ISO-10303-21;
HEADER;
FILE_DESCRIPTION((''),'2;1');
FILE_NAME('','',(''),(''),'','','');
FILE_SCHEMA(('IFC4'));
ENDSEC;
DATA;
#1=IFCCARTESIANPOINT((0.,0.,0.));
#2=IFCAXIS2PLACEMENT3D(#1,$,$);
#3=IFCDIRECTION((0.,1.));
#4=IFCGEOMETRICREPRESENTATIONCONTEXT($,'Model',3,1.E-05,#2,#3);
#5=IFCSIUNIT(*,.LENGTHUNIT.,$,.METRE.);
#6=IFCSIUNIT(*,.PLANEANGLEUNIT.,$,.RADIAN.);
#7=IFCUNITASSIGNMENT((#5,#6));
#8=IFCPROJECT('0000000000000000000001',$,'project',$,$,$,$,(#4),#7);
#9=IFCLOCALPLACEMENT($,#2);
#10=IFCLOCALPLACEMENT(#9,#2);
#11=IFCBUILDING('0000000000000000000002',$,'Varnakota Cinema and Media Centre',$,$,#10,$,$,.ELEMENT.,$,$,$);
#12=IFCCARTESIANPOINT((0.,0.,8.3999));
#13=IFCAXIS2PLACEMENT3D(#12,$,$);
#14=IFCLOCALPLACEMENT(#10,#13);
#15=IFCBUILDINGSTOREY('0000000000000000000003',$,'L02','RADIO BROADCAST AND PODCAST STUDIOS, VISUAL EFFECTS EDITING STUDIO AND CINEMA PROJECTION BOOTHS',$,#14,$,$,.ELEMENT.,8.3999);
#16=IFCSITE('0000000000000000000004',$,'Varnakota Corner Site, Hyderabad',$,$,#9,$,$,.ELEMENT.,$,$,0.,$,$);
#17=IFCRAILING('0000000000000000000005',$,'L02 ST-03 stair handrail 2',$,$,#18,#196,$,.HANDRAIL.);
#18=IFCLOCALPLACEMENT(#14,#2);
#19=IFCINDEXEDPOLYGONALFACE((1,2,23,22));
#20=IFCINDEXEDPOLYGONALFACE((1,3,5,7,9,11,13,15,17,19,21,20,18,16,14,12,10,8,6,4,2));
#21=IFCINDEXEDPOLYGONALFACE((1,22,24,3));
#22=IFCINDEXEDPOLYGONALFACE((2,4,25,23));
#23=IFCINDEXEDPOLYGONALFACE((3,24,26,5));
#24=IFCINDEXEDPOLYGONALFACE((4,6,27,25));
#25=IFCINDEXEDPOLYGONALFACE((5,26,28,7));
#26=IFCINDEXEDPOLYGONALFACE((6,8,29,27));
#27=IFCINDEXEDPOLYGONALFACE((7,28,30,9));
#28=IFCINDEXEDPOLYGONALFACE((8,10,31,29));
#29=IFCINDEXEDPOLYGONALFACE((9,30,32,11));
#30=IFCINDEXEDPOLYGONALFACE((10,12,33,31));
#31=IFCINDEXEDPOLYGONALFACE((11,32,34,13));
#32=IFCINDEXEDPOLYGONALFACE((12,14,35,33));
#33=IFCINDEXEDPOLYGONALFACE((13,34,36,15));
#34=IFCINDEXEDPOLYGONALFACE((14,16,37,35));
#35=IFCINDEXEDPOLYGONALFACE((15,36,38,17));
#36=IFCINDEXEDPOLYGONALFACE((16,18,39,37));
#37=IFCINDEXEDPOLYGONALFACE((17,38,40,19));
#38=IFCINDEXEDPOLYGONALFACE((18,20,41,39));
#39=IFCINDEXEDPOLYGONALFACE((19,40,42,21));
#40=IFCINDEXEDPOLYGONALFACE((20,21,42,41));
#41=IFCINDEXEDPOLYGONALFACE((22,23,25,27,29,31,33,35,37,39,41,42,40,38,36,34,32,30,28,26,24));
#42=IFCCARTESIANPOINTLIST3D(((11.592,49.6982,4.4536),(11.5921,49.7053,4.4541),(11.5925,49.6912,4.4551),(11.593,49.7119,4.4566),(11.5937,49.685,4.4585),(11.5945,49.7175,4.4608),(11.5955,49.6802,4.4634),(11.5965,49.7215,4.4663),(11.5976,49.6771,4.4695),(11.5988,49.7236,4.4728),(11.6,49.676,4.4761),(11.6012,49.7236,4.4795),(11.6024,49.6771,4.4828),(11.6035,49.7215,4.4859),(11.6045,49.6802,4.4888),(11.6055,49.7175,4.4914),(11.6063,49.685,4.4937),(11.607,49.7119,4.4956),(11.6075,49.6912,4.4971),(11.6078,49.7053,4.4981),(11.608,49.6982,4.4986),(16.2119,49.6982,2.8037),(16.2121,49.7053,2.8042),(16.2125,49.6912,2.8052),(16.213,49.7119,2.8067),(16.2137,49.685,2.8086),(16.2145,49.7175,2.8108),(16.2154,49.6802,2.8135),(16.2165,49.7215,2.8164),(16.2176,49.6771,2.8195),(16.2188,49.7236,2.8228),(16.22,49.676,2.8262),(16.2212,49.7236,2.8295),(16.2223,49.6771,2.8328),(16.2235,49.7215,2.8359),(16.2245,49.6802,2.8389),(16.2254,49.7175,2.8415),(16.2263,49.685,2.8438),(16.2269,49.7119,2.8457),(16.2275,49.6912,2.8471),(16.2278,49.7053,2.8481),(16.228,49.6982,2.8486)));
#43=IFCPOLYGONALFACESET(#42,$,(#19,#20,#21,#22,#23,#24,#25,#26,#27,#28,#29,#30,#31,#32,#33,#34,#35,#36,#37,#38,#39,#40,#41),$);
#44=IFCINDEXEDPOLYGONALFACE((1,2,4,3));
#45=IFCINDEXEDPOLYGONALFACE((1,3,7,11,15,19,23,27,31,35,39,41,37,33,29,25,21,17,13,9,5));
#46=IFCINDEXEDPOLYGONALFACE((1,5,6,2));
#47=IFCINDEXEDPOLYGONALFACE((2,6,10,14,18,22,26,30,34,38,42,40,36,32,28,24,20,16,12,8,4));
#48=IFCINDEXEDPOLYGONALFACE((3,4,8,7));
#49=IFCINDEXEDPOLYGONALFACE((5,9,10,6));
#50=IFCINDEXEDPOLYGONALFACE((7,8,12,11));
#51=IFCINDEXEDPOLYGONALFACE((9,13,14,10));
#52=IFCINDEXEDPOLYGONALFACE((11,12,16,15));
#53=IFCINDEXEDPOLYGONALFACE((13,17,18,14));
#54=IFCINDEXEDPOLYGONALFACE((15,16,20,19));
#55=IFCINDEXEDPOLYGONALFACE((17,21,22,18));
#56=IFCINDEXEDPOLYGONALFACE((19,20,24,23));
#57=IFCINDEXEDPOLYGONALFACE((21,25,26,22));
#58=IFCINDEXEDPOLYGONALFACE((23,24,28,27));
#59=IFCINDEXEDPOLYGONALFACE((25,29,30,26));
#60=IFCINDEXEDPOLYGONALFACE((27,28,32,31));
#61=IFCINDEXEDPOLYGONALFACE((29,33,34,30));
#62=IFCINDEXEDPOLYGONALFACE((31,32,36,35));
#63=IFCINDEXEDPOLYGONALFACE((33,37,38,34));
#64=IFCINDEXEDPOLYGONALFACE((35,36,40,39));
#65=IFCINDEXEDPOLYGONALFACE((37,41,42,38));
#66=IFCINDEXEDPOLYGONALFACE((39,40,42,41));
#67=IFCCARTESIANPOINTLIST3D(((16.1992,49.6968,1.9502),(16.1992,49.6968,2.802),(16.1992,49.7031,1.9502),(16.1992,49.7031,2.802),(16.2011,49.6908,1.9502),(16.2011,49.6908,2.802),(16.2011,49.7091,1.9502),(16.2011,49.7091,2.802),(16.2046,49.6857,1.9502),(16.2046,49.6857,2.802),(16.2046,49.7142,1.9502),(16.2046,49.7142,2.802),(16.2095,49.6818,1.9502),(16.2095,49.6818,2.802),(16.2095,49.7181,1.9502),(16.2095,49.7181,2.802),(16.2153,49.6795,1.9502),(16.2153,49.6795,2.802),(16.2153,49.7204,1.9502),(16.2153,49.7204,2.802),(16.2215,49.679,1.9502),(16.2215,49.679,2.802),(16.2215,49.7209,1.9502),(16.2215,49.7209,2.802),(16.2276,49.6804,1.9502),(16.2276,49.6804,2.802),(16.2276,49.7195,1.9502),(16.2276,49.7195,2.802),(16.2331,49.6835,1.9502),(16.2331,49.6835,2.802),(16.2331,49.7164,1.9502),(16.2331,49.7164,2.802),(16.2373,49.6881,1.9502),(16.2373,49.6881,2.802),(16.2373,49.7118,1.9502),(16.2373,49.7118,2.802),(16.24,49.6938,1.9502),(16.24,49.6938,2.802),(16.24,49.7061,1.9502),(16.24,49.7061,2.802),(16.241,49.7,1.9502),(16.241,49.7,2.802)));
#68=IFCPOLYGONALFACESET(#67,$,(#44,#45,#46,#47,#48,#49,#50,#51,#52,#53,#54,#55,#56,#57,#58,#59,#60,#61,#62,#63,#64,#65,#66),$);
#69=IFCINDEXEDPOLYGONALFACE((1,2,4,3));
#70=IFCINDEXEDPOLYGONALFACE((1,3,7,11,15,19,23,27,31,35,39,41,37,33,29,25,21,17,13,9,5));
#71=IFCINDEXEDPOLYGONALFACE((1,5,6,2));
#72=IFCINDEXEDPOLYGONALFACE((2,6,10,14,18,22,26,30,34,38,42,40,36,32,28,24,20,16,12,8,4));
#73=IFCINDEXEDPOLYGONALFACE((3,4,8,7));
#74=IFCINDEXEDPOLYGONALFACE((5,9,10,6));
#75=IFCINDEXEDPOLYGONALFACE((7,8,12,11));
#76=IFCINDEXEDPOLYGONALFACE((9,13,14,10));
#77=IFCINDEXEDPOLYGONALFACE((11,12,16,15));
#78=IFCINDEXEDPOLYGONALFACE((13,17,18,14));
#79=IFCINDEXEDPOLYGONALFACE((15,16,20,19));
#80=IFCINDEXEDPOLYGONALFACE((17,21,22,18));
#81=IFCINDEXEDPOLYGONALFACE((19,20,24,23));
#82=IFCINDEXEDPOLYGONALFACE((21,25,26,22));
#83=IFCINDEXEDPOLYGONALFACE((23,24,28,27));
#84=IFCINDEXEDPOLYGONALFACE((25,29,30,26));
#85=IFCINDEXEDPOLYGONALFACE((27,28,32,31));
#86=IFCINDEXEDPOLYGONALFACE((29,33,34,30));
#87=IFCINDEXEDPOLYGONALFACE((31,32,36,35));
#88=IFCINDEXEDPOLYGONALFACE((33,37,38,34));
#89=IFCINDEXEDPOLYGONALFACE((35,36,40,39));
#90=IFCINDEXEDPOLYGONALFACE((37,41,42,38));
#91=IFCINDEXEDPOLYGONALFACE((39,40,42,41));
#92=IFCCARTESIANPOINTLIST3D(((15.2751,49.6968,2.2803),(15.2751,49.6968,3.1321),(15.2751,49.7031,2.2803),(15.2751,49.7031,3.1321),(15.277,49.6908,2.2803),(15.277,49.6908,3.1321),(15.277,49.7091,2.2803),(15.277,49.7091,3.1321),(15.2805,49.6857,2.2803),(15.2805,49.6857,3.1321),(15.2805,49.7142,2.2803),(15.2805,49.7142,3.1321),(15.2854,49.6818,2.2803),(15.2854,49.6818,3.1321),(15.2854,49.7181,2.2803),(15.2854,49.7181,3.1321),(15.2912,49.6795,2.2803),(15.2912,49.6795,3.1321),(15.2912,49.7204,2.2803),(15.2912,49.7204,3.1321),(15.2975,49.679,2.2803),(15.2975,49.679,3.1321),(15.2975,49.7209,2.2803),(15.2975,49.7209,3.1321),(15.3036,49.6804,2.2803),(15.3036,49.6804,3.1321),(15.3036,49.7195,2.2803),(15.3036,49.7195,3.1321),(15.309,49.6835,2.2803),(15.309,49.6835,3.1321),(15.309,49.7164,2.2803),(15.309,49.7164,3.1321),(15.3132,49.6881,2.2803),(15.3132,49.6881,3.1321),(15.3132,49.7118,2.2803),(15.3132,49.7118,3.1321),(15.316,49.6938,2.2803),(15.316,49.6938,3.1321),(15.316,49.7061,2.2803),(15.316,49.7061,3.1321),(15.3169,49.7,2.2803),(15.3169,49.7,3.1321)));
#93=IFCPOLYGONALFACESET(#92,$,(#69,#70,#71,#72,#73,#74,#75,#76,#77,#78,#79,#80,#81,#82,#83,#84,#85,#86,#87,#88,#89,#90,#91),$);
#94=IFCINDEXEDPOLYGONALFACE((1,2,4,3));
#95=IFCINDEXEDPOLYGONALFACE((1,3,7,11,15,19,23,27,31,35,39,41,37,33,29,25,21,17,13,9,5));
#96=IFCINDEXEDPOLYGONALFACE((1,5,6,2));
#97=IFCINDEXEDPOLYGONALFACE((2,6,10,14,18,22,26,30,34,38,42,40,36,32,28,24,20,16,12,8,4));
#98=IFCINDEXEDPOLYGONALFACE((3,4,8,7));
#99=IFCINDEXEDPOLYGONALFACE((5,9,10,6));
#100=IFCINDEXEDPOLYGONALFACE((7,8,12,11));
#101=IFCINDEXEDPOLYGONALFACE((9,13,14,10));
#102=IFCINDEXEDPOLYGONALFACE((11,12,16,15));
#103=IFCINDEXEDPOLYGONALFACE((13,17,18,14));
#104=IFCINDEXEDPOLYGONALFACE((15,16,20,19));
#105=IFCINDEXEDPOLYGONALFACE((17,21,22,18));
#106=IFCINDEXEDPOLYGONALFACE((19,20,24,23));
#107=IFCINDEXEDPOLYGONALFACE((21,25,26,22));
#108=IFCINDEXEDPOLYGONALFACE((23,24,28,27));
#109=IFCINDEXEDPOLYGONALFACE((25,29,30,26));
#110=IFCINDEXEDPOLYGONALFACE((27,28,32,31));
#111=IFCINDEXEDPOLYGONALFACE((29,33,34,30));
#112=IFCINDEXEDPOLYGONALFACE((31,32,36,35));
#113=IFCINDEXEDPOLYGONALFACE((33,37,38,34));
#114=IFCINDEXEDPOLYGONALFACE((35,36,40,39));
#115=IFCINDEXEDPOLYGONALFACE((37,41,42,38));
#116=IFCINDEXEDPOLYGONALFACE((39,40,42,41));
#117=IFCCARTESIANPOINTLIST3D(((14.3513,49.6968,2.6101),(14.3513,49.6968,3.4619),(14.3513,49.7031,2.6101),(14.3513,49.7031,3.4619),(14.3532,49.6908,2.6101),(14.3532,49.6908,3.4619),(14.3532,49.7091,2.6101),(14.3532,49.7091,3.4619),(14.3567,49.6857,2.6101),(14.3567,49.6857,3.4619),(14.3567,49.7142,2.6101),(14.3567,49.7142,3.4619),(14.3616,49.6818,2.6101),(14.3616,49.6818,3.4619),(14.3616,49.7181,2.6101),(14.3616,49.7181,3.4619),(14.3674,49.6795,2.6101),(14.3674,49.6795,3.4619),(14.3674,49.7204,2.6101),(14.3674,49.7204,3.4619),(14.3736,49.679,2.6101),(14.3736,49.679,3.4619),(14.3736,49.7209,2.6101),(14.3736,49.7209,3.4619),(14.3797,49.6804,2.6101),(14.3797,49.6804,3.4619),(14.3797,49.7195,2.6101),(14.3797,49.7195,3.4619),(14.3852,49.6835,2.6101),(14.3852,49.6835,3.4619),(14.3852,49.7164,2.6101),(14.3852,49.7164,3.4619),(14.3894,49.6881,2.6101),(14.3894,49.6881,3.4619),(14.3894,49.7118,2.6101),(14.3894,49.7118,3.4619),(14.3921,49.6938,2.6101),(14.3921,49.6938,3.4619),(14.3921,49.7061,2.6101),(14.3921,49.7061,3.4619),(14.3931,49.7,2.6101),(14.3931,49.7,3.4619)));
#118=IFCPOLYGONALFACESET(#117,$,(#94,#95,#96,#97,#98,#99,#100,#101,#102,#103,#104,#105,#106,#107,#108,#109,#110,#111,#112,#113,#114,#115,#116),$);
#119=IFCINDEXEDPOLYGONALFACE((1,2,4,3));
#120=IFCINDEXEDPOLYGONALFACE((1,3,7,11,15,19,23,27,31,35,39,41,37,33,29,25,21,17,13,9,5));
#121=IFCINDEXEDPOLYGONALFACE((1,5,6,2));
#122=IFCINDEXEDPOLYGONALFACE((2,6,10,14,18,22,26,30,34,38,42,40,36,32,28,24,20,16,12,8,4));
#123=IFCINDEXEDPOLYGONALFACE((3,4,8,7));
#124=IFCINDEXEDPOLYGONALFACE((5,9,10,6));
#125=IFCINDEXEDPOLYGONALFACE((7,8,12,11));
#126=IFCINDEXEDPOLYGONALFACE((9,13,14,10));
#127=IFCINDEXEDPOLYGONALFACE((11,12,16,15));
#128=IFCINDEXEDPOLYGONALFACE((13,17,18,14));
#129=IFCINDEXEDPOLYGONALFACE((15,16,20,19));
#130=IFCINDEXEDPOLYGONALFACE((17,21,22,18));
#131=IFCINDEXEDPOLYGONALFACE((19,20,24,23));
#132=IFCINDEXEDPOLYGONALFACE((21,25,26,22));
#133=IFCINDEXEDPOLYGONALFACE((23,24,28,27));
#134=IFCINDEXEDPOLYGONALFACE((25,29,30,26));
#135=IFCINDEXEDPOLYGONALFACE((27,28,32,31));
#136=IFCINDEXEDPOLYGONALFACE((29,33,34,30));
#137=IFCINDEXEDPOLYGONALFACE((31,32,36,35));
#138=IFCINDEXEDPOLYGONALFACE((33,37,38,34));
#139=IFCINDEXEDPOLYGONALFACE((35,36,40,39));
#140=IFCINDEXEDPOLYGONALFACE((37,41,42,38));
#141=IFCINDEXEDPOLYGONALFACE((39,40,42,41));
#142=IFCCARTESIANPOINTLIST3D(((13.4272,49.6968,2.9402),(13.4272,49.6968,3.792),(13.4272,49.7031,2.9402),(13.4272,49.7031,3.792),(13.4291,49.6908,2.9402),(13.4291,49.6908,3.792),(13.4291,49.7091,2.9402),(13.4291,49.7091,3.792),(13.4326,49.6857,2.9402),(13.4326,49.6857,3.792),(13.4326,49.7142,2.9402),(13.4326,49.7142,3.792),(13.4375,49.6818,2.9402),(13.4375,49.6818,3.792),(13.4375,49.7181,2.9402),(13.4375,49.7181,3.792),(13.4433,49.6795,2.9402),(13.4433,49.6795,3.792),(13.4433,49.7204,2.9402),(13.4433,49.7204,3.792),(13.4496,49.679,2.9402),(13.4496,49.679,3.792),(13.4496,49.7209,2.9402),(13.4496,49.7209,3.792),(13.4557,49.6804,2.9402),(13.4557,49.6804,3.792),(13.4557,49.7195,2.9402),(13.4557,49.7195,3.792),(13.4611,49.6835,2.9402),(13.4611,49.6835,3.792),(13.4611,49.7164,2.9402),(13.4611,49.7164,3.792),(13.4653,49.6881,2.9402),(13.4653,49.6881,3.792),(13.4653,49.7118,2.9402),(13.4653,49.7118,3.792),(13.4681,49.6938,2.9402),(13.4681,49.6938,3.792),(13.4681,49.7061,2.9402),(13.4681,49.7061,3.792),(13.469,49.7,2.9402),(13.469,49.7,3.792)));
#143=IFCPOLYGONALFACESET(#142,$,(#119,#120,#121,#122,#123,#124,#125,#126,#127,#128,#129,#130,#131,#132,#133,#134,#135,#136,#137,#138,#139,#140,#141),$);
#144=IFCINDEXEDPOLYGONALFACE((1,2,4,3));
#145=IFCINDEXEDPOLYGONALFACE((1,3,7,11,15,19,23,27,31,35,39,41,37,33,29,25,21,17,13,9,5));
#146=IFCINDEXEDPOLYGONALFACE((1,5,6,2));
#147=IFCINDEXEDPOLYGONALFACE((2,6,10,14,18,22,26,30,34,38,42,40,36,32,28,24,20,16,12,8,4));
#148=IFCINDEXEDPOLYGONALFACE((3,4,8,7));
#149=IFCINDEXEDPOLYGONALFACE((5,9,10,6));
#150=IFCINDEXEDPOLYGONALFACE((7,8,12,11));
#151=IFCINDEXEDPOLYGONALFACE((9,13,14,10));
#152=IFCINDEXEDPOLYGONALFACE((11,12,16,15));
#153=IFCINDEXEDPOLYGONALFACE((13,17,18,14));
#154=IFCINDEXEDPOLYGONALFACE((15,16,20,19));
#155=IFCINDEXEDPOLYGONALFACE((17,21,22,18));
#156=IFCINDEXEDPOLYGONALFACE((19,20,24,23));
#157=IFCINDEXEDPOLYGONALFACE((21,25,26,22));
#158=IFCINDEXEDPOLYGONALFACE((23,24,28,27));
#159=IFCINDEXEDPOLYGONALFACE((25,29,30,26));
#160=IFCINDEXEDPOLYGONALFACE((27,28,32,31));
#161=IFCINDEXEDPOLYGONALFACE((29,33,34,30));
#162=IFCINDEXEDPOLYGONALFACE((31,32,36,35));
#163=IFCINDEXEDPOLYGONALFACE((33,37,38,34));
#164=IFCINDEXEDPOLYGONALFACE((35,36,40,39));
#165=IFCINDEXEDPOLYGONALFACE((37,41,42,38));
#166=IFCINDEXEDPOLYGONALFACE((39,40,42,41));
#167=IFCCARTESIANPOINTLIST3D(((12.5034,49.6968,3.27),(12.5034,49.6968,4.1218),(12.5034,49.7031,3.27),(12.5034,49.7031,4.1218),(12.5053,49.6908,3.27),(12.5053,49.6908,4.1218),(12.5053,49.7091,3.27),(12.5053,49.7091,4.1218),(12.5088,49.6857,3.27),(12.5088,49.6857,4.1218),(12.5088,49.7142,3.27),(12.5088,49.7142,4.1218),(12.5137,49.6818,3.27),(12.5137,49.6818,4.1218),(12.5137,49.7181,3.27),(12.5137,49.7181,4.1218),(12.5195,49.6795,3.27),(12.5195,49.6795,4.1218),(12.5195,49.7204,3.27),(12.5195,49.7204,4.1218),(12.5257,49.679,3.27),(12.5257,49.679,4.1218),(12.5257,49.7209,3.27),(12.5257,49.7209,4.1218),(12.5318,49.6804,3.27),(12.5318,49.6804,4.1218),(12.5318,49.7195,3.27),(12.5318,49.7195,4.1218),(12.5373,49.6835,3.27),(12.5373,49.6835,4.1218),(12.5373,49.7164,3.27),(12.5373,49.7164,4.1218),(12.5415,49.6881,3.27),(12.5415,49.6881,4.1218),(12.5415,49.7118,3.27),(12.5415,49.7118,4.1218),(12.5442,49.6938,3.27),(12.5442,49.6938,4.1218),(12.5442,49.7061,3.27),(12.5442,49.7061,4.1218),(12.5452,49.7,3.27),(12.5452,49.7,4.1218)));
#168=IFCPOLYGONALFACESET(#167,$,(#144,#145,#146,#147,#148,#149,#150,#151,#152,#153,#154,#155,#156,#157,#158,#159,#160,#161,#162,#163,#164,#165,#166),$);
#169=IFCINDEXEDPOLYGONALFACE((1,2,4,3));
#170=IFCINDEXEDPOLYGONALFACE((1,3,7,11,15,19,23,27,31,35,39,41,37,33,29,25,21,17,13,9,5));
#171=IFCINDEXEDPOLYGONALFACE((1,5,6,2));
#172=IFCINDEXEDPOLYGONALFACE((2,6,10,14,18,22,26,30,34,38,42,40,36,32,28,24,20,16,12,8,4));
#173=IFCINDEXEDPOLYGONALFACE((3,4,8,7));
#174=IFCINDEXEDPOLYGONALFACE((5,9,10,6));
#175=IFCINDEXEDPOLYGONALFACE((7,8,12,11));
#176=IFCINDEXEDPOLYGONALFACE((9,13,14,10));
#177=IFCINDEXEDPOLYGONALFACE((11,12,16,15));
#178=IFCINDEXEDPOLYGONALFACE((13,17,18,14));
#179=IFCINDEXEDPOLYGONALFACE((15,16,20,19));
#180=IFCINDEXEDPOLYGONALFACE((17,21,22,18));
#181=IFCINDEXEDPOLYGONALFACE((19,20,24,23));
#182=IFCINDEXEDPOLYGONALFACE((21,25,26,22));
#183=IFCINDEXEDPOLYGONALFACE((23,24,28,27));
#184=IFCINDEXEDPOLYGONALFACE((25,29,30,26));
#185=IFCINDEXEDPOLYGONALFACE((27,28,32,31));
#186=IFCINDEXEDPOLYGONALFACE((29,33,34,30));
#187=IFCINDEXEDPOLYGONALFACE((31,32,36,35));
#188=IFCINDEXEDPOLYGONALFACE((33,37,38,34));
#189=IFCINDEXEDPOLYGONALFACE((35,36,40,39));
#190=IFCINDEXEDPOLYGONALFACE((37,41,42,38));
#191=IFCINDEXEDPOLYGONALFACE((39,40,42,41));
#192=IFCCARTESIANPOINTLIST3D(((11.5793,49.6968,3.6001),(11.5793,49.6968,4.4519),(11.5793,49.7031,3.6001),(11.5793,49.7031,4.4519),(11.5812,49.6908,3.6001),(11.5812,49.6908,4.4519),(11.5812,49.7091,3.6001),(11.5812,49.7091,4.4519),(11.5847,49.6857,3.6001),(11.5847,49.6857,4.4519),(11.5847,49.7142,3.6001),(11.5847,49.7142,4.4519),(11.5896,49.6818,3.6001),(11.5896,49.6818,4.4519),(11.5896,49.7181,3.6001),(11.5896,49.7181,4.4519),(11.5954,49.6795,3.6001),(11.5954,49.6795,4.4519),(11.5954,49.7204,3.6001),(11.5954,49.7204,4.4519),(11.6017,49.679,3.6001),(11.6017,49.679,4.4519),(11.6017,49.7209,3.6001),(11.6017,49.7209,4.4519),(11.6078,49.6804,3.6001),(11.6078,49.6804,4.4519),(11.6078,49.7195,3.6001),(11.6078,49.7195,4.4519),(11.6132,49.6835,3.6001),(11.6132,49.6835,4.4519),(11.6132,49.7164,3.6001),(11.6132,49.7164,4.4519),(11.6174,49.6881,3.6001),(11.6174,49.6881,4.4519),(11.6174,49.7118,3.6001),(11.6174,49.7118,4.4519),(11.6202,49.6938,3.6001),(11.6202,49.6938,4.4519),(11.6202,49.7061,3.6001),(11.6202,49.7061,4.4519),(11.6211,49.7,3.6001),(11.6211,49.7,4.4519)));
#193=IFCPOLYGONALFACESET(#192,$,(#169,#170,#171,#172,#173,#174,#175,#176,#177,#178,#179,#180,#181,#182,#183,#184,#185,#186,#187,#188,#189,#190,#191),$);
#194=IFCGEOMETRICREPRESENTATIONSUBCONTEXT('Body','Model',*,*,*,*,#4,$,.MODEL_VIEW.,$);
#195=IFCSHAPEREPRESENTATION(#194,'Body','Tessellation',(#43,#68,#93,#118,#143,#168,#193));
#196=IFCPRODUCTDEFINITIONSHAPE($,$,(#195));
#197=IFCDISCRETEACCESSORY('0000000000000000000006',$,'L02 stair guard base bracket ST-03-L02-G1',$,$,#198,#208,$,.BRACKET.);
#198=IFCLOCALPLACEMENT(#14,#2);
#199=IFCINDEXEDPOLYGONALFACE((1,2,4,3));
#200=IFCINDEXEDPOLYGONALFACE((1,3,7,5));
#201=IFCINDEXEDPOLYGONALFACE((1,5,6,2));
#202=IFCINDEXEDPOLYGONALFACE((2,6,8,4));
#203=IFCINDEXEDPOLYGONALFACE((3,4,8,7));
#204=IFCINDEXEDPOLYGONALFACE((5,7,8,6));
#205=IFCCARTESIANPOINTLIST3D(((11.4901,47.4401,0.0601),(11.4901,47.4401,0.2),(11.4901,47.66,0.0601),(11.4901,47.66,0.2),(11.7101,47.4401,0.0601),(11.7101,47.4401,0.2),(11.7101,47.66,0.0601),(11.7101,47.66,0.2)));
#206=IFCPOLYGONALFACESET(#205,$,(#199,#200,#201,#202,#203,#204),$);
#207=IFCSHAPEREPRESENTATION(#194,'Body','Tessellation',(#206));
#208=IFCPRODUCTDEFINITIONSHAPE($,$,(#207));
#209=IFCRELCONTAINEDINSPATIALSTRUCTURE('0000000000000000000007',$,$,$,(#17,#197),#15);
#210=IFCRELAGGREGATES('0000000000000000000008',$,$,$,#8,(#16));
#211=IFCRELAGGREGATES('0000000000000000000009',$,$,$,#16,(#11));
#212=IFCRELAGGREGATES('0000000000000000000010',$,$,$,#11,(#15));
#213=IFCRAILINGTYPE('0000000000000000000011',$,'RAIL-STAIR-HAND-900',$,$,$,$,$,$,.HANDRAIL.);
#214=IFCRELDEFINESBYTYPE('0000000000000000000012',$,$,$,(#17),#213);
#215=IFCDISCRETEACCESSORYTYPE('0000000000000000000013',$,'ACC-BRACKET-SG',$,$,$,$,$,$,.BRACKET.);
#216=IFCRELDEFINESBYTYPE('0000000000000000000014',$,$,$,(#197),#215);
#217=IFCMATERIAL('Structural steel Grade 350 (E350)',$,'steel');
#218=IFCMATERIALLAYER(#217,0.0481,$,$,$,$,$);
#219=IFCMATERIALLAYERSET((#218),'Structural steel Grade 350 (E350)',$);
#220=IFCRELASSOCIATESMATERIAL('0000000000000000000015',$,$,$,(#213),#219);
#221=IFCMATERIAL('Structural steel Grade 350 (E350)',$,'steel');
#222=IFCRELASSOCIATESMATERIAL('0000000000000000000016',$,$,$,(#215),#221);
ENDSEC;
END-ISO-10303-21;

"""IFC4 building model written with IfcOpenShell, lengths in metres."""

from ifc_helpers import new_model, si_unit, direction, frame, origin, origin_2d, place, context, subcontext, project, spatial, rectangle, circle, extrude, material, layer, layer_set, type_object, element, save


model = new_model("IFC4")

# Units and contexts
model_context = context("Model", 3, precision=1e-05, world=origin(), true_north=direction((0.0, 1.0)))
body_context = subcontext(model_context, "Body", "Model", "MODEL_VIEW")
ifc_project = project(units=[si_unit("LENGTHUNIT", "METRE"), si_unit("PLANEANGLEUNIT", "RADIAN")], contexts=[model_context])

# Site, building, storey
site_placement = place(None, origin())
site = spatial("IfcSite", under=ifc_project, at=site_placement, Name="Varnakota Corner Site, Hyderabad", CompositionType="ELEMENT", RefElevation=0.0)
building_placement = place(site_placement, origin())
building = spatial("IfcBuilding", under=site, at=building_placement, Name="Varnakota Cinema and Media Centre", CompositionType="ELEMENT")
storey_placement = place(building_placement, frame((0.0, 0.0, 8.3999)))
storey = spatial("IfcBuildingStorey", under=building, at=storey_placement, Name="L02", Description="RADIO BROADCAST AND PODCAST STUDIOS, VISUAL EFFECTS EDITING STUDIO AND CINEMA PROJECTION BOOTHS", CompositionType="ELEMENT", Elevation=8.3999)

# Railing
ifc_material_1 = material(Name="Structural steel Grade 350 (E350)", Category="steel")
ifc_layer_1 = layer(ifc_material_1, 0.0481)
ifc_layer_set_1 = layer_set([ifc_layer_1], Name="Structural steel Grade 350 (E350)")
railing_type_1 = type_object("IfcRailingType", Name="RAIL-STAIR-HAND-900", PredefinedType="HANDRAIL", material=ifc_layer_set_1)
railing_1_placement = place(storey_placement, frame((16.22, 49.7, 1.9502)))
element("IfcRailing", 1, at=railing_1_placement, inside=storey, type_object=railing_type_1, Name="L02 ST-03 stair handrail 2", PredefinedType="HANDRAIL", context=body_context, shape_type="SweptSolid", body=[
    extrude(circle(Radius=0.0239, at=origin_2d()), frame((0.0, 0.0, 0.876), z_axis=(-0.941745, 0.0, 0.336327), x_axis=(0.0, -1.0, 0.0)), (0.0, 0.0, 1.0), 4.9058),
    extrude(circle(Radius=0.021, at=origin_2d()), origin(), (0.0, 0.0, 1.0), 0.8518),
    extrude(circle(Radius=0.021, at=origin_2d()), frame((-0.9241, 0.0, 0.3301)), (0.0, 0.0, 1.0), 0.8518),
    extrude(circle(Radius=0.021, at=origin_2d()), frame((-1.8479, 0.0, 0.6599)), (0.0, 0.0, 1.0), 0.8518),
    extrude(circle(Radius=0.021, at=origin_2d()), frame((-2.772, 0.0, 0.99)), (0.0, 0.0, 1.0), 0.8518),
    extrude(circle(Radius=0.021, at=origin_2d()), frame((-3.6958, 0.0, 1.3198)), (0.0, 0.0, 1.0), 0.8518),
    extrude(circle(Radius=0.021, at=origin_2d()), frame((-4.6199, 0.0, 1.6499)), (0.0, 0.0, 1.0), 0.8518),
])

# Discrete accessory
ifc_material_2 = material(Name="Structural steel Grade 350 (E350)", Category="steel")
discrete_accessory_type = type_object("IfcDiscreteAccessoryType", Name="ACC-BRACKET-SG", PredefinedType="BRACKET", material=ifc_material_2)
for number, where, z_axis, x_axis, name in (
    (2, (11.6001, 47.55, 0.0601), (0.0, 0.0, 1.0), (1.0, 0.0, 0.0), "L02 stair guard base bracket ST-03-L02-G1"),
):
    element("IfcDiscreteAccessory", number, at=place(storey_placement, frame(where, z_axis=z_axis, x_axis=x_axis)), inside=storey, type_object=discrete_accessory_type, Name=name, PredefinedType="BRACKET", context=body_context, shape_type="SweptSolid", body=[
        extrude(rectangle(XDim=0.22, YDim=0.22, at=origin_2d()), origin(), (0.0, 0.0, 1.0), 0.1399),
    ])

save(model, "model.ifc")
